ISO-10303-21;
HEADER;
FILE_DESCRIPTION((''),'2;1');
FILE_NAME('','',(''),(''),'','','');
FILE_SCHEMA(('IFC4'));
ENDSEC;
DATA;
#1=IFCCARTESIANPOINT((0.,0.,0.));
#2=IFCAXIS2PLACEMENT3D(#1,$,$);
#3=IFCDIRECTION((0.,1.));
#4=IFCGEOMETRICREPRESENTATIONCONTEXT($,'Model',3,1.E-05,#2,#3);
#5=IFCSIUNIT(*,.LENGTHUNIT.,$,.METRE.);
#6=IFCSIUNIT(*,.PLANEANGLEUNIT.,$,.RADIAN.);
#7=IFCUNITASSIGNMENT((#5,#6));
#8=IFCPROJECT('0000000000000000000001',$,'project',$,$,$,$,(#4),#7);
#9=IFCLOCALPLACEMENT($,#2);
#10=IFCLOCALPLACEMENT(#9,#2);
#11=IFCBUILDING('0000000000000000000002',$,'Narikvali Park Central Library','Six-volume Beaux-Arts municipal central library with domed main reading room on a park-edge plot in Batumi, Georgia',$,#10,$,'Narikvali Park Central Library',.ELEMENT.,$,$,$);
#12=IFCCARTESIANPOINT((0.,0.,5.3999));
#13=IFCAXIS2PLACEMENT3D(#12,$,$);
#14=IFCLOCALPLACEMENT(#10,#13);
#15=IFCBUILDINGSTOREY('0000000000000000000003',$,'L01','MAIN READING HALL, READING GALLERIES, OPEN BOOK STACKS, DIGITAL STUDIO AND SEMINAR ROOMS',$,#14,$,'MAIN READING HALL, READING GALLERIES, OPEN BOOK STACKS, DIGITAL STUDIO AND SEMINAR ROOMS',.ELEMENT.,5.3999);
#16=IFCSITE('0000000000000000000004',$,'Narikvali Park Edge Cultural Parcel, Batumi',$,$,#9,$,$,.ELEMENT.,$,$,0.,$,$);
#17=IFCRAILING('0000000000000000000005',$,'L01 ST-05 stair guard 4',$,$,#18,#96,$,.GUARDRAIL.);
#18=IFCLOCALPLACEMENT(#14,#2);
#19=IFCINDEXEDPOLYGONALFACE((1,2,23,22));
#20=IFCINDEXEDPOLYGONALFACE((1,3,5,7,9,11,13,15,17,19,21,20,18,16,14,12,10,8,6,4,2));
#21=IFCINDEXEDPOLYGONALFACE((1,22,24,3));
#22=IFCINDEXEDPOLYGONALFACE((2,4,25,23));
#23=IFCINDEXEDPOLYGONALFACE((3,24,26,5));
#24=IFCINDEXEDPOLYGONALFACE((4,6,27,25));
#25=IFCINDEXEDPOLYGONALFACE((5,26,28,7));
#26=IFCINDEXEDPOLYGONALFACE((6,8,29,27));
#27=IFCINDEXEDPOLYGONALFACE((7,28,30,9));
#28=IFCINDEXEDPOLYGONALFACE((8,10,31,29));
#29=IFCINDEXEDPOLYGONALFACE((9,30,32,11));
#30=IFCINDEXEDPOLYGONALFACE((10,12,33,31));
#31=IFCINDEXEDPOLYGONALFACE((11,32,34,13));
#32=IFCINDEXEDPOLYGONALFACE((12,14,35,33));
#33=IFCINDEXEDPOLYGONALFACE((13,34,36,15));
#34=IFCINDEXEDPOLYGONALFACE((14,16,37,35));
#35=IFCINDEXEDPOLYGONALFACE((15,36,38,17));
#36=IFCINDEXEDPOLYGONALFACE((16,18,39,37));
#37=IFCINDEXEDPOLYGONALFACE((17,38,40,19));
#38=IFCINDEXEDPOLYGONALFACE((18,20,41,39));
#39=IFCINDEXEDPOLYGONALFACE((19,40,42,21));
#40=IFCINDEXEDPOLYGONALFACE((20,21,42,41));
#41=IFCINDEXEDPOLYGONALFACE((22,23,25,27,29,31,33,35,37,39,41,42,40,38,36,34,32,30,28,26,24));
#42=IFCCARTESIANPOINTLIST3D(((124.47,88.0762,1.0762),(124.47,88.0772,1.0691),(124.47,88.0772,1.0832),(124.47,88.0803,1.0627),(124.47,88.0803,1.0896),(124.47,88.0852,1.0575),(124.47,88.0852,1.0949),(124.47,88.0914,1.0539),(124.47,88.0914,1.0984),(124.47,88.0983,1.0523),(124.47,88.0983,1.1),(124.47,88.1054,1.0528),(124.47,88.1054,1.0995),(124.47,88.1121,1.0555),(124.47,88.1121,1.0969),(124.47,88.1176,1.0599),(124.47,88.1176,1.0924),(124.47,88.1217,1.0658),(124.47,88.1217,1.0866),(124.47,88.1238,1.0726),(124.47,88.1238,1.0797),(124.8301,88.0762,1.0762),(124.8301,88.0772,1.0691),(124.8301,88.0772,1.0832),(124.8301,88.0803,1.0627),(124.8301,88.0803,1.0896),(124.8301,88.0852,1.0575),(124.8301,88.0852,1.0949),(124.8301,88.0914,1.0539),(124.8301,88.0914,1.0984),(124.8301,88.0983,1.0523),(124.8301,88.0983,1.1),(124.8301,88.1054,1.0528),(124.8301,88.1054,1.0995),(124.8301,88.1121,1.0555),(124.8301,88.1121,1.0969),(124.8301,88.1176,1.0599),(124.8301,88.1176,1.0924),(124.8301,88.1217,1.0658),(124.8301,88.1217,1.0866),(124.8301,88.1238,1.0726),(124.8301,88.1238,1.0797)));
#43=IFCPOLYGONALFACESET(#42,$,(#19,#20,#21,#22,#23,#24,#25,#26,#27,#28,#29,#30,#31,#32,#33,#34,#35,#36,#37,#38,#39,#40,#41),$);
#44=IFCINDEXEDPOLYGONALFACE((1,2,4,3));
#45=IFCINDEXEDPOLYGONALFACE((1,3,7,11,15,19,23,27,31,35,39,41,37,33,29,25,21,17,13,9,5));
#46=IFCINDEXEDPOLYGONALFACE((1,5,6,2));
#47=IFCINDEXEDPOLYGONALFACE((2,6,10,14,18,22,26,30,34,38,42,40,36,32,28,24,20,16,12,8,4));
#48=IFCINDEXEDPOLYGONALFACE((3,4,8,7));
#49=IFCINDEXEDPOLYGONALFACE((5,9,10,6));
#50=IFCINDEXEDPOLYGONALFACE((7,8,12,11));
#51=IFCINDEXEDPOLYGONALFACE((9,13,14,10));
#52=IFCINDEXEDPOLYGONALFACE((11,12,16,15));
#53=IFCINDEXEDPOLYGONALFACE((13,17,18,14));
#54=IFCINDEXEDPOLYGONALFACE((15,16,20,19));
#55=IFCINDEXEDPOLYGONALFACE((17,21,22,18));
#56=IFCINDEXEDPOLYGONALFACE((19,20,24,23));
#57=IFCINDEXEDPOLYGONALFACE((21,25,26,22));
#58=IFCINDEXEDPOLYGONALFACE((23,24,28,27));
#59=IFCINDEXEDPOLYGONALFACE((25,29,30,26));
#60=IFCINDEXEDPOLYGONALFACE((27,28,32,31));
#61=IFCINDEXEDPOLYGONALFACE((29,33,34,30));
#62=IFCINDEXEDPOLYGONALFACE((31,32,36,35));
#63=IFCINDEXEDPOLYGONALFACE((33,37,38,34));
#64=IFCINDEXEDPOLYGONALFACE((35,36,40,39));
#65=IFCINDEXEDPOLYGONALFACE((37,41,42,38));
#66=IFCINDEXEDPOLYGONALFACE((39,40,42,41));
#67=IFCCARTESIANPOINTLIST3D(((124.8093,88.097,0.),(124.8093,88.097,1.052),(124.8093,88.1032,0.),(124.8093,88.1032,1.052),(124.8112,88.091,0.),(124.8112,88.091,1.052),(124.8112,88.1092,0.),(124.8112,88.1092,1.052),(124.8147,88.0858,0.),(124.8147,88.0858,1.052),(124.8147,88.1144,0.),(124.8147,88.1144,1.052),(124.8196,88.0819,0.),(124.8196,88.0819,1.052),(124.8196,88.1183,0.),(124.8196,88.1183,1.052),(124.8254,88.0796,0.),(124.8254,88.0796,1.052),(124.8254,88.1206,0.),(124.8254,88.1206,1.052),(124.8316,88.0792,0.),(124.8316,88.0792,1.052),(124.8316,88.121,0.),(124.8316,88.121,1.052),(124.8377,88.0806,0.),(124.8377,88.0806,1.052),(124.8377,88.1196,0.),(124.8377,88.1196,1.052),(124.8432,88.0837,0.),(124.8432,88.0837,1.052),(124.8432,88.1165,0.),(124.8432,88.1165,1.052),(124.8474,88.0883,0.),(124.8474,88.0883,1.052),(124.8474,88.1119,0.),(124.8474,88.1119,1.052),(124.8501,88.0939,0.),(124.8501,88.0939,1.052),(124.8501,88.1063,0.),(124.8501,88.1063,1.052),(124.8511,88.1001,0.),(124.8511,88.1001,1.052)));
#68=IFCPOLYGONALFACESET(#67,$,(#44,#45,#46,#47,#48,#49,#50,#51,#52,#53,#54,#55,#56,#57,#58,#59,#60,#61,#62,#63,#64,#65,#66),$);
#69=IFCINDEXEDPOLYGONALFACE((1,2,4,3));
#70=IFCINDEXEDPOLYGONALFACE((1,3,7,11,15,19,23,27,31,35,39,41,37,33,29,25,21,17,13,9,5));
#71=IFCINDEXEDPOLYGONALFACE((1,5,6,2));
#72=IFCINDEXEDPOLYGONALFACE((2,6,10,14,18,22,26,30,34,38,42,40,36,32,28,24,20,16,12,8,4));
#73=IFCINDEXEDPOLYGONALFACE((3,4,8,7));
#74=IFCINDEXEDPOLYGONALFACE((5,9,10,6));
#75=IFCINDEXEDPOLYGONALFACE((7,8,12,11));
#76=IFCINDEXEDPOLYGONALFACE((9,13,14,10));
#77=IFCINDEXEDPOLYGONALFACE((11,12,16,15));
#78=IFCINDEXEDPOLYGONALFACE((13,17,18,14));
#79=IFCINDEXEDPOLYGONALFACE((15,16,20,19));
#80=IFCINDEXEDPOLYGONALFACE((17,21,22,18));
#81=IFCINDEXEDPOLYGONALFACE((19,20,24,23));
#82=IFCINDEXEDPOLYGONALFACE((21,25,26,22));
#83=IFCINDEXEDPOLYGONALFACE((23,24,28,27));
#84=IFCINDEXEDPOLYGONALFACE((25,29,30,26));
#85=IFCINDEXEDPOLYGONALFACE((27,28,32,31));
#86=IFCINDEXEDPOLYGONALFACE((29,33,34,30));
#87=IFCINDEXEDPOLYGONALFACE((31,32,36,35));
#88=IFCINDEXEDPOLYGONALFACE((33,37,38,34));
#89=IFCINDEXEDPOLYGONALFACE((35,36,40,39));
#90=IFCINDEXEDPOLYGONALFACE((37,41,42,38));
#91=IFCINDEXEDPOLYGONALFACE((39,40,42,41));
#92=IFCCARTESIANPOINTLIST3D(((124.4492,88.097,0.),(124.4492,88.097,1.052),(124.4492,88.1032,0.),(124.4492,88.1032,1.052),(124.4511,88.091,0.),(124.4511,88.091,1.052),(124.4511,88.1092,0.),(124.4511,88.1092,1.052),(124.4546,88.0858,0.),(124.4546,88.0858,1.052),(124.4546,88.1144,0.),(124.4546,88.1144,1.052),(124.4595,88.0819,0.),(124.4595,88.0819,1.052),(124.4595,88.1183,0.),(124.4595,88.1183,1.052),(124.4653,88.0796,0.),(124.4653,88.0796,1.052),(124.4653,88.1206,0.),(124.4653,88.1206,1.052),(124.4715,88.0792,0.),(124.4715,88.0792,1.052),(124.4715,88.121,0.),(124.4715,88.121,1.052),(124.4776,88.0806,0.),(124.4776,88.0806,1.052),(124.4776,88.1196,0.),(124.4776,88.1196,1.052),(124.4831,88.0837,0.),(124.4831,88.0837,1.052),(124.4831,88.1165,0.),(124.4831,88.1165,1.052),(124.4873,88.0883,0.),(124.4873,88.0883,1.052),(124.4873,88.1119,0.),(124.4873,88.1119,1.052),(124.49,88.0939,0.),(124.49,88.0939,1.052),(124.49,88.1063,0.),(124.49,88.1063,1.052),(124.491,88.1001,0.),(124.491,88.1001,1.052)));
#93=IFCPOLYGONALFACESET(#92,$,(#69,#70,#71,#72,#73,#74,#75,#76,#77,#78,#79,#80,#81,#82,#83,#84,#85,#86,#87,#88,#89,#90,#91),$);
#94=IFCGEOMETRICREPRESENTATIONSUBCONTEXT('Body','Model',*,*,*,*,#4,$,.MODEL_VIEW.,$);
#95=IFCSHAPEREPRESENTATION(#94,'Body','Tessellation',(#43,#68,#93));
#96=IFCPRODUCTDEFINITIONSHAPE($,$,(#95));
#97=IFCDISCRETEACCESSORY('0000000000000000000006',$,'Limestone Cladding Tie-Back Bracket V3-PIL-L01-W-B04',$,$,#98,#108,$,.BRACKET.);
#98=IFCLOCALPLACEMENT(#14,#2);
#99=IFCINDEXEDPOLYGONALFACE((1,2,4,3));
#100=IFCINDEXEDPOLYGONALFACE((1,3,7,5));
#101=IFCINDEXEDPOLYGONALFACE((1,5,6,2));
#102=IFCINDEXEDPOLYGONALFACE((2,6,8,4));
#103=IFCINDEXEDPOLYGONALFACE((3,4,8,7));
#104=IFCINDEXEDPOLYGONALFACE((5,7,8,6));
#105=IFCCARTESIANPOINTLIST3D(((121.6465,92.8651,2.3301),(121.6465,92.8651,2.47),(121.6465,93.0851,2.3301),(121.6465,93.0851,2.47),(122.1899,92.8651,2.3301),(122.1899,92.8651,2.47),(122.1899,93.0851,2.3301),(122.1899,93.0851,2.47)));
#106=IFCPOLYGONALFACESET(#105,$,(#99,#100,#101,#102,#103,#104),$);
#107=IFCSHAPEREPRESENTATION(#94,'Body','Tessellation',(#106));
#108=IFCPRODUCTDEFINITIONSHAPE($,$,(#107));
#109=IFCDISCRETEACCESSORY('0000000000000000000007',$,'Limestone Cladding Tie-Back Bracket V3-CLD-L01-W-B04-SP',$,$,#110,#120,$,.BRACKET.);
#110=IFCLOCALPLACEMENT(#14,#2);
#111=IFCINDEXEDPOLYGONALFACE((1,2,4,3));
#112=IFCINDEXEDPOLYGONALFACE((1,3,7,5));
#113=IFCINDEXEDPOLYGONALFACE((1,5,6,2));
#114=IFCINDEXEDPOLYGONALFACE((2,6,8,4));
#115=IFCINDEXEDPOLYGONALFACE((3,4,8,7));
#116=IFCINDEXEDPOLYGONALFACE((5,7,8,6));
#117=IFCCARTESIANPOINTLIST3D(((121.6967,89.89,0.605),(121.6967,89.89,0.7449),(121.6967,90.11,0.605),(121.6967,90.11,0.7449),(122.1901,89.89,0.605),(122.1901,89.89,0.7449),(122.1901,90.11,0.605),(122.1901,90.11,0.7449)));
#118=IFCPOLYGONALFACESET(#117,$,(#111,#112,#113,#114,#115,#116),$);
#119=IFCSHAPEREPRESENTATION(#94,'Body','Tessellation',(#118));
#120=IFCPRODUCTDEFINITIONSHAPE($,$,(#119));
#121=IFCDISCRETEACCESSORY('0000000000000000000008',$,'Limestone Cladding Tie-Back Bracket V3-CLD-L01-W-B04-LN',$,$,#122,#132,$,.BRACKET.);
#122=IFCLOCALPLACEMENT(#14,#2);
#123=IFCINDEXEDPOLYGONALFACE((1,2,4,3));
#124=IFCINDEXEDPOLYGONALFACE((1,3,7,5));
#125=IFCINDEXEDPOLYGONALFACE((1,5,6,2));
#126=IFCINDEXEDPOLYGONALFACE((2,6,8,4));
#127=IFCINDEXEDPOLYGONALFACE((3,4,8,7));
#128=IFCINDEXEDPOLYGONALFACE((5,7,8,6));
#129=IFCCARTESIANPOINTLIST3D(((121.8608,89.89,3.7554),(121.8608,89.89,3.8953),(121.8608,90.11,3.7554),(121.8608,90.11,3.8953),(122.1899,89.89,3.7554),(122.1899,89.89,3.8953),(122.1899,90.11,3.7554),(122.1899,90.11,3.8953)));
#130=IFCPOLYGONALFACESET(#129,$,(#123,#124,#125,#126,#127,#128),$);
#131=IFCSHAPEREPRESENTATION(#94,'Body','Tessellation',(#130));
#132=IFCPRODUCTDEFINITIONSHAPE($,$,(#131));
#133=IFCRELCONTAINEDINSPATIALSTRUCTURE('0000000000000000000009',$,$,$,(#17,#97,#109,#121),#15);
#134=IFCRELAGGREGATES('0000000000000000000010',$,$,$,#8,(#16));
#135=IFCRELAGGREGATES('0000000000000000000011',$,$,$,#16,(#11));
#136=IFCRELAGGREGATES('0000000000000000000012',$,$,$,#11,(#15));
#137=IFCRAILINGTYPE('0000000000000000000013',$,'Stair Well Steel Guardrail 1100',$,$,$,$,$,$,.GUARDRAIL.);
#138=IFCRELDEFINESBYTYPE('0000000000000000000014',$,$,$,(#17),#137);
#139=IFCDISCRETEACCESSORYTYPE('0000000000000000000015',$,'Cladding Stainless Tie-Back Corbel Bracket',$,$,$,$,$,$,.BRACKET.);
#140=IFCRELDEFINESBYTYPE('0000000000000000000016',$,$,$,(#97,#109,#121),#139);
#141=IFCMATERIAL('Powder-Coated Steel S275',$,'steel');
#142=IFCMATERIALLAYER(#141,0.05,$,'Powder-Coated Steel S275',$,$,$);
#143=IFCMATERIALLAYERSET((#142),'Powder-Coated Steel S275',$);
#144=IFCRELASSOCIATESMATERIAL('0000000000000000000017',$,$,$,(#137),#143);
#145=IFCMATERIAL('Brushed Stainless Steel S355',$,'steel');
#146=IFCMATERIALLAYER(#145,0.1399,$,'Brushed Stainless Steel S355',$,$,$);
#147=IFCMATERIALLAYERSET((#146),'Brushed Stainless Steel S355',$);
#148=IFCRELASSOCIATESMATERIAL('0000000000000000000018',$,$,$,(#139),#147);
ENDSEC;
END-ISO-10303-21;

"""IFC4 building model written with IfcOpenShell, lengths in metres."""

from ifc_helpers import new_model, si_unit, direction, frame, origin, origin_2d, place, context, subcontext, project, spatial, rectangle, circle, extrude, material, layer, layer_set, type_object, element, save


model = new_model("IFC4")

# Units and contexts
model_context = context("Model", 3, precision=1e-05, world=origin(), true_north=direction((0.0, 1.0)))
body_context = subcontext(model_context, "Body", "Model", "MODEL_VIEW")
ifc_project = project(units=[si_unit("LENGTHUNIT", "METRE"), si_unit("PLANEANGLEUNIT", "RADIAN")], contexts=[model_context])

# Site, building, storey
site_placement = place(None, origin())
site = spatial("IfcSite", under=ifc_project, at=site_placement, Name="Narikvali Park Edge Cultural Parcel, Batumi", CompositionType="ELEMENT", RefElevation=0.0)
building_placement = place(site_placement, origin())
building = spatial("IfcBuilding", under=site, at=building_placement, Name="Narikvali Park Central Library", Description="Six-volume Beaux-Arts municipal central library with domed main reading room on a park-edge plot in Batumi, Georgia", LongName="Narikvali Park Central Library", CompositionType="ELEMENT")
storey_placement = place(building_placement, frame((0.0, 0.0, 5.3999)))
storey = spatial("IfcBuildingStorey", under=building, at=storey_placement, Name="L01", Description="MAIN READING HALL, READING GALLERIES, OPEN BOOK STACKS, DIGITAL STUDIO AND SEMINAR ROOMS", LongName="MAIN READING HALL, READING GALLERIES, OPEN BOOK STACKS, DIGITAL STUDIO AND SEMINAR ROOMS", CompositionType="ELEMENT", Elevation=5.3999)

# Shared definitions
ifc_material_1 = material(Name="Brushed Stainless Steel S355", Category="steel")

# Railing
ifc_material_2 = material(Name="Powder-Coated Steel S275", Category="steel")
ifc_layer_1 = layer(ifc_material_2, 0.05, Name="Powder-Coated Steel S275")
ifc_layer_set_1 = layer_set([ifc_layer_1], Name="Powder-Coated Steel S275")
railing_type_1 = type_object("IfcRailingType", Name="Stair Well Steel Guardrail 1100", PredefinedType="GUARDRAIL", material=ifc_layer_set_1)
railing_1_placement = place(storey_placement, frame((124.8301, 88.1001, 0.0)))
element("IfcRailing", 1, at=railing_1_placement, inside=storey, type_object=railing_type_1, Name="L01 ST-05 stair guard 4", PredefinedType="GUARDRAIL", context=body_context, shape_type="SweptSolid", body=[
    extrude(circle(Radius=0.0239, at=origin_2d()), frame((0.0, 0.0, 1.0762), z_axis=(-1.0, 0.0, 0.0), x_axis=(0.0, -1.0, 0.0)), (0.0, 0.0, 1.0), 0.3601),
    extrude(circle(Radius=0.021, at=origin_2d()), origin(), (0.0, 0.0, 1.0), 1.052),
    extrude(circle(Radius=0.021, at=origin_2d()), frame((-0.3601, 0.0, 0.0)), (0.0, 0.0, 1.0), 1.052),
])

# Discrete accessories
ifc_layer_2 = layer(ifc_material_1, 0.1399, Name="Brushed Stainless Steel S355")
ifc_layer_set_2 = layer_set([ifc_layer_2], Name="Brushed Stainless Steel S355")
discrete_accessory_type = type_object("IfcDiscreteAccessoryType", Name="Cladding Stainless Tie-Back Corbel Bracket", PredefinedType="BRACKET", material=ifc_layer_set_2)
discrete_accessory_1_placement = place(storey_placement, frame((121.9182, 92.9751, 2.3301), z_axis=(0.0, 0.0, 1.0), x_axis=(1.0, 0.0, 0.0)))
element("IfcDiscreteAccessory", 2, at=discrete_accessory_1_placement, inside=storey, type_object=discrete_accessory_type, Name="Limestone Cladding Tie-Back Bracket V3-PIL-L01-W-B04", PredefinedType="BRACKET", context=body_context, shape_type="SweptSolid", body=[
    extrude(rectangle(XDim=0.5435, YDim=0.22, at=origin_2d()), origin(), (0.0, 0.0, 1.0), 0.1399),
])
discrete_accessory_2_placement = place(storey_placement, frame((121.9434, 90.0, 0.605), z_axis=(0.0, 0.0, 1.0), x_axis=(1.0, 0.0, 0.0)))
element("IfcDiscreteAccessory", 3, at=discrete_accessory_2_placement, inside=storey, type_object=discrete_accessory_type, Name="Limestone Cladding Tie-Back Bracket V3-CLD-L01-W-B04-SP", PredefinedType="BRACKET", context=body_context, shape_type="SweptSolid", body=[
    extrude(rectangle(XDim=0.4934, YDim=0.22, at=origin_2d()), origin(), (0.0, 0.0, 1.0), 0.1399),
])
discrete_accessory_3_placement = place(storey_placement, frame((122.0254, 90.0, 3.7554), z_axis=(0.0, 0.0, 1.0), x_axis=(1.0, 0.0, 0.0)))
element("IfcDiscreteAccessory", 4, at=discrete_accessory_3_placement, inside=storey, type_object=discrete_accessory_type, Name="Limestone Cladding Tie-Back Bracket V3-CLD-L01-W-B04-LN", PredefinedType="BRACKET", context=body_context, shape_type="SweptSolid", body=[
    extrude(rectangle(XDim=0.3291, YDim=0.22, at=origin_2d()), origin(), (0.0, 0.0, 1.0), 0.1399),
])

save(model, "model.ifc")
